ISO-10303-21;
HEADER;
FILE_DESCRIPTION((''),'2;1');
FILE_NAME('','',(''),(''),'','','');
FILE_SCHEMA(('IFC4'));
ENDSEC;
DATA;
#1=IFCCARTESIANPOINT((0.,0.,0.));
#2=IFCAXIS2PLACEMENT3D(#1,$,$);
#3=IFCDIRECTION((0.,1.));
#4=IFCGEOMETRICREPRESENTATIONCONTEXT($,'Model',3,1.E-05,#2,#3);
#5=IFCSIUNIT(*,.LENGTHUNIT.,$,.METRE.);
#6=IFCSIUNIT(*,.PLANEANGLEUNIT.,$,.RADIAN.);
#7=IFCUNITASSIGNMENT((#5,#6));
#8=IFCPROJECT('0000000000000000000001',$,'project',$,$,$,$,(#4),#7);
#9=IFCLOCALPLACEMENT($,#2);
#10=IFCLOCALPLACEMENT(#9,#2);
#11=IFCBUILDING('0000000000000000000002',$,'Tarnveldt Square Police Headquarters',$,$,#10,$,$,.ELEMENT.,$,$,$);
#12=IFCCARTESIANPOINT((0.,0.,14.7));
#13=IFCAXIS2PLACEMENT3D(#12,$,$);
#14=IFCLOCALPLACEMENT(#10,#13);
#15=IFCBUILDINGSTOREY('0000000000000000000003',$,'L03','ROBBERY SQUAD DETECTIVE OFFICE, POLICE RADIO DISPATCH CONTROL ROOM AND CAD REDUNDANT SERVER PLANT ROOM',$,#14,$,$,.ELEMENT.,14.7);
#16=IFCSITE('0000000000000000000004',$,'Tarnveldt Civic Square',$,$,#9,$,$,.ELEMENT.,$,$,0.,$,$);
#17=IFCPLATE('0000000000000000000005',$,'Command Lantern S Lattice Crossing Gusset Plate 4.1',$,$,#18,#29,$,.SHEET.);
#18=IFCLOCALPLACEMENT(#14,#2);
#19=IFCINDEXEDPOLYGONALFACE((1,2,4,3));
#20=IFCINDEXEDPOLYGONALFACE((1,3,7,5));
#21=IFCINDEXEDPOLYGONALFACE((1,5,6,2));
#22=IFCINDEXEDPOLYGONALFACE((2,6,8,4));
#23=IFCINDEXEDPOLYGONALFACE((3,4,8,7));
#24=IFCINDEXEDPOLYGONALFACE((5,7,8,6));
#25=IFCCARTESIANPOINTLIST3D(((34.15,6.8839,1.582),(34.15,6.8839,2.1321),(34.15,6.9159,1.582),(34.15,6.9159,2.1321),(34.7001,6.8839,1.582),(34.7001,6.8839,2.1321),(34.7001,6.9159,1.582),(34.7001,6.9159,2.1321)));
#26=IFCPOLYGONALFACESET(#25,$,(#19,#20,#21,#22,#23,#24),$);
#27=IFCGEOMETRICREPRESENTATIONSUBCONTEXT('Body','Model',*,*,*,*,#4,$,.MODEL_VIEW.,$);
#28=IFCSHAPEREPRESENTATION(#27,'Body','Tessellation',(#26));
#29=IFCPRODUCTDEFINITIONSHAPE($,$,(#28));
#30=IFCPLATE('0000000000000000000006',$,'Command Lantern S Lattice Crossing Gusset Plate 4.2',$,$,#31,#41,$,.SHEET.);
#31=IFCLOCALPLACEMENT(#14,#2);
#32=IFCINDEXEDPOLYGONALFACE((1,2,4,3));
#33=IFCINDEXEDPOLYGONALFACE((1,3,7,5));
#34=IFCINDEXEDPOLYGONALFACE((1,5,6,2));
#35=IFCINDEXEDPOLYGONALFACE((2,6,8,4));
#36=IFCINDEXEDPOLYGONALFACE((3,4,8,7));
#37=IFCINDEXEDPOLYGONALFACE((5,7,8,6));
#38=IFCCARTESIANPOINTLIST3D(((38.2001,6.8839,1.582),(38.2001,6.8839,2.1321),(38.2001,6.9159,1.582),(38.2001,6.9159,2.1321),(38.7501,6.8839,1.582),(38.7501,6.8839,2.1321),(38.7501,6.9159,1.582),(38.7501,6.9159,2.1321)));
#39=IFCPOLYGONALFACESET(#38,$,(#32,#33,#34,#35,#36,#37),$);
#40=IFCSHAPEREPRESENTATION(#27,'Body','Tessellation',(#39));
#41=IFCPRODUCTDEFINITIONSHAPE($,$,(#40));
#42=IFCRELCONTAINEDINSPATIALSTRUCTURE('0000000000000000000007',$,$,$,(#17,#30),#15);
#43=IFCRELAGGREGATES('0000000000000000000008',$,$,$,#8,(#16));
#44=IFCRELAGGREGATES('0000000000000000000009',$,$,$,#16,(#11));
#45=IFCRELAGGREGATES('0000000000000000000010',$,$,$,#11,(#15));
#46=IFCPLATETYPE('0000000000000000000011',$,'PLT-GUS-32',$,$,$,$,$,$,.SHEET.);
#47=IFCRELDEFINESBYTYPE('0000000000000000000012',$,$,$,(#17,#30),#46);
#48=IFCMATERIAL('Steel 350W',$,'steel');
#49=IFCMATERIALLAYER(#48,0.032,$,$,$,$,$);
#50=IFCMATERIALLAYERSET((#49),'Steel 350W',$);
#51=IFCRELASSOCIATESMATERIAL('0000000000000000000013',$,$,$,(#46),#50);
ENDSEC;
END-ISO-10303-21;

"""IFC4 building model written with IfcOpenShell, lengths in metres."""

from ifc_helpers import new_model, si_unit, direction, frame, origin, origin_2d, place, context, subcontext, project, spatial, rectangle, extrude, material, layer, layer_set, type_object, element, save


model = new_model("IFC4")

# Units and contexts
model_context = context("Model", 3, precision=1e-05, world=origin(), true_north=direction((0.0, 1.0)))
body_context = subcontext(model_context, "Body", "Model", "MODEL_VIEW")
ifc_project = project(units=[si_unit("LENGTHUNIT", "METRE"), si_unit("PLANEANGLEUNIT", "RADIAN")], contexts=[model_context])

# Site, building, storey
site_placement = place(None, origin())
site = spatial("IfcSite", under=ifc_project, at=site_placement, Name="Tarnveldt Civic Square", CompositionType="ELEMENT", RefElevation=0.0)
building_placement = place(site_placement, origin())
building = spatial("IfcBuilding", under=site, at=building_placement, Name="Tarnveldt Square Police Headquarters", CompositionType="ELEMENT")
storey_placement = place(building_placement, frame((0.0, 0.0, 14.7)))
storey = spatial("IfcBuildingStorey", under=building, at=storey_placement, Name="L03", Description="ROBBERY SQUAD DETECTIVE OFFICE, POLICE RADIO DISPATCH CONTROL ROOM AND CAD REDUNDANT SERVER PLANT ROOM", CompositionType="ELEMENT", Elevation=14.7)

# Shared definitions
ifc_material_1 = material(Name="Steel 350W", Category="steel")

# Plates
ifc_layer_1 = layer(ifc_material_1, 0.032)
ifc_layer_set_1 = layer_set([ifc_layer_1], Name="Steel 350W")
plate_type_1 = type_object("IfcPlateType", Name="PLT-GUS-32", PredefinedType="SHEET", material=ifc_layer_set_1)
for number, where, z_axis, x_axis, name in (
    (1, (34.425, 6.8999, 1.582), (0.0, 0.0, 1.0), (1.0, 0.0, 0.0), "Command Lantern S Lattice Crossing Gusset Plate 4.1"),
    (2, (38.4751, 6.8999, 1.582), (0.0, 0.0, 1.0), (1.0, 0.0, 0.0), "Command Lantern S Lattice Crossing Gusset Plate 4.2"),
):
    element("IfcPlate", number, at=place(storey_placement, frame(where, z_axis=z_axis, x_axis=x_axis)), inside=storey, type_object=plate_type_1, Name=name, PredefinedType="SHEET", context=body_context, shape_type="SweptSolid", body=[
        extrude(rectangle(XDim=0.55, YDim=0.032, at=origin_2d()), origin(), (0.0, 0.0, 1.0), 0.55),
    ])

save(model, "model.ifc")
